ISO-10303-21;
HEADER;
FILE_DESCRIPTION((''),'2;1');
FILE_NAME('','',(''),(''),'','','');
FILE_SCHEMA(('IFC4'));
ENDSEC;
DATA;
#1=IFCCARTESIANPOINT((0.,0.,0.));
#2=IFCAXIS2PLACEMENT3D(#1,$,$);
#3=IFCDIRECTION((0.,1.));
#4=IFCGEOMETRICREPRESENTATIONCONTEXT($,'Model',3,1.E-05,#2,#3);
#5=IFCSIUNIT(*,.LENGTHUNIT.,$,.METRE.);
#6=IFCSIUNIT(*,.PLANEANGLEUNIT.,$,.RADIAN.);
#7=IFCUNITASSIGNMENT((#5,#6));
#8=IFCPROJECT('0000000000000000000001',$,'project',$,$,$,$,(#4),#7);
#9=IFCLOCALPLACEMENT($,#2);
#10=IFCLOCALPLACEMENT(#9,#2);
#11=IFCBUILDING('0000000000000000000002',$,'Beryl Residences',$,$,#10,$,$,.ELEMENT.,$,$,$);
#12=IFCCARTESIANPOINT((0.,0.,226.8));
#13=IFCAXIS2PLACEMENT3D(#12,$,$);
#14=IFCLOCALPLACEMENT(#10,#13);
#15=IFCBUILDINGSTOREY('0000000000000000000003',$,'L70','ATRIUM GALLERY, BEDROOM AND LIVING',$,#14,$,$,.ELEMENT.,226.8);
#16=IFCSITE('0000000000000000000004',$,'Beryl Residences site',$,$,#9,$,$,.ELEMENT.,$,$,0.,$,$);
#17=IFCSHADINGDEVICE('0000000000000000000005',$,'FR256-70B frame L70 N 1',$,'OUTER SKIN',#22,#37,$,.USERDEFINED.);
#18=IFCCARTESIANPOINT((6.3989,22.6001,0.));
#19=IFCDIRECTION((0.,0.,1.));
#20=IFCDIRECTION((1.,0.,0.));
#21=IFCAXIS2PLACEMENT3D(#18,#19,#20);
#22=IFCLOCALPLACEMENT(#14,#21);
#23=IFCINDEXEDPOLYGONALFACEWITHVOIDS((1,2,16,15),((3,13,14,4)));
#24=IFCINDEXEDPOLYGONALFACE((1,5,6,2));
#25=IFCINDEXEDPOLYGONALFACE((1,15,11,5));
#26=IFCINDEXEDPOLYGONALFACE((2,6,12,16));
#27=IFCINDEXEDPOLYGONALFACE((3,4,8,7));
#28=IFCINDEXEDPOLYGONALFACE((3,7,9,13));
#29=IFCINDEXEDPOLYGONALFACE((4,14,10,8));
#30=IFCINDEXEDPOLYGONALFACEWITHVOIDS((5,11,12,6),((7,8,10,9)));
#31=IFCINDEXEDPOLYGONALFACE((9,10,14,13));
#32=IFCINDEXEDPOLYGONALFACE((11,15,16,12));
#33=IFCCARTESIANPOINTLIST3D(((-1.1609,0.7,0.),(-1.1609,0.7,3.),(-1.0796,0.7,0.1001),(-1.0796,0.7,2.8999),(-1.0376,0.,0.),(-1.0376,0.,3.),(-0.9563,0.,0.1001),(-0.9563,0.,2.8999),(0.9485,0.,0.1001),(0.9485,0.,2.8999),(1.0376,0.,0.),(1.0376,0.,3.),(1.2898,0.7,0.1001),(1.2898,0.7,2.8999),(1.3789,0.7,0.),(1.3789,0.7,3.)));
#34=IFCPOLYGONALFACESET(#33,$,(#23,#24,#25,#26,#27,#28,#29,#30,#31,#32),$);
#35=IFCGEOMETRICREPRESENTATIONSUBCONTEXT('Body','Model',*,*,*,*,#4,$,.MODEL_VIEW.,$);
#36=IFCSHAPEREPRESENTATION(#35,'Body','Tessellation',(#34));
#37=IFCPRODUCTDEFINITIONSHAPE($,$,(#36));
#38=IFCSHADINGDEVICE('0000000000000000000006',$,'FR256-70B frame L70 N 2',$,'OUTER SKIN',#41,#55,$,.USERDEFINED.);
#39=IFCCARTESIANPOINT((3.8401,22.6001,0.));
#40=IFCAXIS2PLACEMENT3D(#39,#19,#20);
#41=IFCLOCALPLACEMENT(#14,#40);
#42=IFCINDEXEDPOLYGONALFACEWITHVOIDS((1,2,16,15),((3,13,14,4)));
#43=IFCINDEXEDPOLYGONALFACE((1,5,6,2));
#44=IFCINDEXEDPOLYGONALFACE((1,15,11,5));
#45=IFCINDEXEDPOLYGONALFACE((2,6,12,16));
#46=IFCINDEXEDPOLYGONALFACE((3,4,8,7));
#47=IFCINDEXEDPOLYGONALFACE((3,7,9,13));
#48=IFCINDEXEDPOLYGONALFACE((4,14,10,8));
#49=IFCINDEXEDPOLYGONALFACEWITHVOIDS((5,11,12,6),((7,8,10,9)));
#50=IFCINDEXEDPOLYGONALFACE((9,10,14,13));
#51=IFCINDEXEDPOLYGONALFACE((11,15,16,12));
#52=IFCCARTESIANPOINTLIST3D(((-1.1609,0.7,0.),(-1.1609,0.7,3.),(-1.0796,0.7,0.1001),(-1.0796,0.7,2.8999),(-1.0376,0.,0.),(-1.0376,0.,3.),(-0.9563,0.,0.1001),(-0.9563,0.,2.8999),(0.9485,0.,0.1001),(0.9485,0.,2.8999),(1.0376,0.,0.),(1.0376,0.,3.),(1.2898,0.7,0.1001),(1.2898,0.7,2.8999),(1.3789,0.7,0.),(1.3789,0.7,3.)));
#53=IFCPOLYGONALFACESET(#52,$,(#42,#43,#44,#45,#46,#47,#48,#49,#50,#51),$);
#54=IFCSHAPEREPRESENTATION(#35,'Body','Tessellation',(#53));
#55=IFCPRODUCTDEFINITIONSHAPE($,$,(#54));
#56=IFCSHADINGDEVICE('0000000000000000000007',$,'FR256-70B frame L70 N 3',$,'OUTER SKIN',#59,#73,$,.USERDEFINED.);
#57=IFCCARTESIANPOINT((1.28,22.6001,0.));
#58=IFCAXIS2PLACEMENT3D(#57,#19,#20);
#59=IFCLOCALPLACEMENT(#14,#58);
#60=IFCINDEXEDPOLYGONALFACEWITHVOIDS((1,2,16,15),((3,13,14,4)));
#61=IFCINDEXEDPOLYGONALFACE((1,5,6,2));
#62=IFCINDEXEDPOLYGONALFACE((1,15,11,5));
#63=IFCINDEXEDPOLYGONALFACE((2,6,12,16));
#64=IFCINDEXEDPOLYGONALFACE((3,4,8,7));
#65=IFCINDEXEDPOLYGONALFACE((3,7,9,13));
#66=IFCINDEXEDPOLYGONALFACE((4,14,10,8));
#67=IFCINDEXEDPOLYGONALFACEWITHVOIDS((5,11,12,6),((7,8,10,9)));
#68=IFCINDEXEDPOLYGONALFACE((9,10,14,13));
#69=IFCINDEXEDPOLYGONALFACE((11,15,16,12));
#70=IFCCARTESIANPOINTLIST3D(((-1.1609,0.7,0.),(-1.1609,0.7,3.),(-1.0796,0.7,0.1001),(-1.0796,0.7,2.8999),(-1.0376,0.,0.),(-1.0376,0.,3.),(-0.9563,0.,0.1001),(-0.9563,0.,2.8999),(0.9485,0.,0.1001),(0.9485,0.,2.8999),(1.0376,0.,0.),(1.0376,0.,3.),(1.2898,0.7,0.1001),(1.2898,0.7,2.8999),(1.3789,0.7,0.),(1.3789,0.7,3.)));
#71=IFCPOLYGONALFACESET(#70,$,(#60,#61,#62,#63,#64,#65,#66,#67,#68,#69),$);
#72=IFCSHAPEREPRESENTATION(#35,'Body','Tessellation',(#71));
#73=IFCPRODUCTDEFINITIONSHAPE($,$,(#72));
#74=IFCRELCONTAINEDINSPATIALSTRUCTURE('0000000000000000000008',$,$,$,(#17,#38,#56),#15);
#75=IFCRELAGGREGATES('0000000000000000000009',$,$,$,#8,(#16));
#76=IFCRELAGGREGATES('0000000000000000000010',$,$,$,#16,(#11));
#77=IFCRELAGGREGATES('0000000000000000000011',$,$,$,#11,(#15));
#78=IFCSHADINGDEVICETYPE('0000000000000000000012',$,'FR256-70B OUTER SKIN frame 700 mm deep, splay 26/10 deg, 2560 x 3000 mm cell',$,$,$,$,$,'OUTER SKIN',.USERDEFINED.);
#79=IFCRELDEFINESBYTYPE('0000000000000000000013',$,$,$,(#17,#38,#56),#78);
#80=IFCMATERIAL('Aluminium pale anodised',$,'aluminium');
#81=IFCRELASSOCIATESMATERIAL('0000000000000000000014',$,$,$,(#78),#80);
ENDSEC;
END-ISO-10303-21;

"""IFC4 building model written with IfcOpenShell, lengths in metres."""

from ifc_helpers import new_model, entity, si_unit, direction, frame, origin, place, context, subcontext, project, spatial, source, transform, mapped, material, type_object, type_shapes, element, save


model = new_model("IFC4")

# Units and contexts
model_context = context("Model", 3, precision=1e-05, world=origin(), true_north=direction((0.0, 1.0)))
body_context = subcontext(model_context, "Body", "Model", "MODEL_VIEW")
ifc_project = project(units=[si_unit("LENGTHUNIT", "METRE"), si_unit("PLANEANGLEUNIT", "RADIAN")], contexts=[model_context])

# Site, building, storey
site_placement = place(None, origin())
site = spatial("IfcSite", under=ifc_project, at=site_placement, Name="Beryl Residences site", CompositionType="ELEMENT", RefElevation=0.0)
building_placement = place(site_placement, origin())
building = spatial("IfcBuilding", under=site, at=building_placement, Name="Beryl Residences", CompositionType="ELEMENT")
storey_placement = place(building_placement, frame((0.0, 0.0, 226.8)))
storey = spatial("IfcBuildingStorey", under=building, at=storey_placement, Name="L70", Description="ATRIUM GALLERY, BEDROOM AND LIVING", CompositionType="ELEMENT", Elevation=226.8)

# Shading devices
ifc_material_1 = material(Name="Aluminium pale anodised", Category="aluminium")
shading_device_type = type_object("IfcShadingDeviceType", Name="FR256-70B OUTER SKIN frame 700 mm deep, splay 26/10 deg, 2560 x 3000 mm cell", ElementType="OUTER SKIN", PredefinedType="USERDEFINED", material=ifc_material_1)
cartesian_point_1 = entity("IfcCartesianPoint", [-1.0376, 0.0])
cartesian_point_2 = entity("IfcCartesianPoint", [-0.9485, 0.1001])
cartesian_point_3 = entity("IfcCartesianPoint", [-1.3789, 0.0])
cartesian_point_4 = entity("IfcCartesianPoint", [-1.2898, 0.1001])
shared_shape_1 = source(origin(), body_context, "Body", "SweptSolid", [
    entity("IfcExtrudedAreaSolidTapered", entity("IfcArbitraryProfileDefWithVoids", "AREA", None, entity("IfcPolyline", [cartesian_point_1, entity("IfcCartesianPoint", [1.0376, 0.0]), entity("IfcCartesianPoint", [1.0376, 3.0]), entity("IfcCartesianPoint", [-1.0376, 3.0]), cartesian_point_1]), [entity("IfcPolyline", [cartesian_point_2, entity("IfcCartesianPoint", [0.9563, 0.1001]), entity("IfcCartesianPoint", [0.9563, 2.8999]), entity("IfcCartesianPoint", [-0.9485, 2.8999]), cartesian_point_2])]), entity("IfcAxis2Placement3D", entity("IfcCartesianPoint", [0.0, 0.0, 0.0]), entity("IfcDirection", [0.0, 1.0, 0.0]), entity("IfcDirection", [-1.0, 0.0, 0.0])), entity("IfcDirection", [0.0, 0.0, 1.0]), 0.7, entity("IfcArbitraryProfileDefWithVoids", "AREA", None, entity("IfcPolyline", [cartesian_point_3, entity("IfcCartesianPoint", [1.1609, 0.0]), entity("IfcCartesianPoint", [1.1609, 3.0]), entity("IfcCartesianPoint", [-1.3789, 3.0]), cartesian_point_3]), [entity("IfcPolyline", [cartesian_point_4, entity("IfcCartesianPoint", [1.0796, 0.1001]), entity("IfcCartesianPoint", [1.0796, 2.8999]), entity("IfcCartesianPoint", [-1.2898, 2.8999]), cartesian_point_4])])),
])
type_shapes(shading_device_type, [shared_shape_1])
for number, where, z_axis, x_axis, name in (
    (1, (6.3989, 22.6001, 0.0), (0.0, 0.0, 1.0), (1.0, 0.0, 0.0), "FR256-70B frame L70 N 1"),
    (2, (3.8401, 22.6001, 0.0), (0.0, 0.0, 1.0), (1.0, 0.0, 0.0), "FR256-70B frame L70 N 2"),
    (3, (1.28, 22.6001, 0.0), (0.0, 0.0, 1.0), (1.0, 0.0, 0.0), "FR256-70B frame L70 N 3"),
):
    element("IfcShadingDevice", number, at=place(storey_placement, frame(where, z_axis=z_axis, x_axis=x_axis)), inside=storey, type_object=shading_device_type, Name=name, ObjectType="OUTER SKIN", PredefinedType="USERDEFINED", context=body_context, shape_type="MappedRepresentation", body=[
        mapped(shared_shape_1, transform((0.0, 0.0, 0.0))),
    ])

save(model, "model.ifc")
